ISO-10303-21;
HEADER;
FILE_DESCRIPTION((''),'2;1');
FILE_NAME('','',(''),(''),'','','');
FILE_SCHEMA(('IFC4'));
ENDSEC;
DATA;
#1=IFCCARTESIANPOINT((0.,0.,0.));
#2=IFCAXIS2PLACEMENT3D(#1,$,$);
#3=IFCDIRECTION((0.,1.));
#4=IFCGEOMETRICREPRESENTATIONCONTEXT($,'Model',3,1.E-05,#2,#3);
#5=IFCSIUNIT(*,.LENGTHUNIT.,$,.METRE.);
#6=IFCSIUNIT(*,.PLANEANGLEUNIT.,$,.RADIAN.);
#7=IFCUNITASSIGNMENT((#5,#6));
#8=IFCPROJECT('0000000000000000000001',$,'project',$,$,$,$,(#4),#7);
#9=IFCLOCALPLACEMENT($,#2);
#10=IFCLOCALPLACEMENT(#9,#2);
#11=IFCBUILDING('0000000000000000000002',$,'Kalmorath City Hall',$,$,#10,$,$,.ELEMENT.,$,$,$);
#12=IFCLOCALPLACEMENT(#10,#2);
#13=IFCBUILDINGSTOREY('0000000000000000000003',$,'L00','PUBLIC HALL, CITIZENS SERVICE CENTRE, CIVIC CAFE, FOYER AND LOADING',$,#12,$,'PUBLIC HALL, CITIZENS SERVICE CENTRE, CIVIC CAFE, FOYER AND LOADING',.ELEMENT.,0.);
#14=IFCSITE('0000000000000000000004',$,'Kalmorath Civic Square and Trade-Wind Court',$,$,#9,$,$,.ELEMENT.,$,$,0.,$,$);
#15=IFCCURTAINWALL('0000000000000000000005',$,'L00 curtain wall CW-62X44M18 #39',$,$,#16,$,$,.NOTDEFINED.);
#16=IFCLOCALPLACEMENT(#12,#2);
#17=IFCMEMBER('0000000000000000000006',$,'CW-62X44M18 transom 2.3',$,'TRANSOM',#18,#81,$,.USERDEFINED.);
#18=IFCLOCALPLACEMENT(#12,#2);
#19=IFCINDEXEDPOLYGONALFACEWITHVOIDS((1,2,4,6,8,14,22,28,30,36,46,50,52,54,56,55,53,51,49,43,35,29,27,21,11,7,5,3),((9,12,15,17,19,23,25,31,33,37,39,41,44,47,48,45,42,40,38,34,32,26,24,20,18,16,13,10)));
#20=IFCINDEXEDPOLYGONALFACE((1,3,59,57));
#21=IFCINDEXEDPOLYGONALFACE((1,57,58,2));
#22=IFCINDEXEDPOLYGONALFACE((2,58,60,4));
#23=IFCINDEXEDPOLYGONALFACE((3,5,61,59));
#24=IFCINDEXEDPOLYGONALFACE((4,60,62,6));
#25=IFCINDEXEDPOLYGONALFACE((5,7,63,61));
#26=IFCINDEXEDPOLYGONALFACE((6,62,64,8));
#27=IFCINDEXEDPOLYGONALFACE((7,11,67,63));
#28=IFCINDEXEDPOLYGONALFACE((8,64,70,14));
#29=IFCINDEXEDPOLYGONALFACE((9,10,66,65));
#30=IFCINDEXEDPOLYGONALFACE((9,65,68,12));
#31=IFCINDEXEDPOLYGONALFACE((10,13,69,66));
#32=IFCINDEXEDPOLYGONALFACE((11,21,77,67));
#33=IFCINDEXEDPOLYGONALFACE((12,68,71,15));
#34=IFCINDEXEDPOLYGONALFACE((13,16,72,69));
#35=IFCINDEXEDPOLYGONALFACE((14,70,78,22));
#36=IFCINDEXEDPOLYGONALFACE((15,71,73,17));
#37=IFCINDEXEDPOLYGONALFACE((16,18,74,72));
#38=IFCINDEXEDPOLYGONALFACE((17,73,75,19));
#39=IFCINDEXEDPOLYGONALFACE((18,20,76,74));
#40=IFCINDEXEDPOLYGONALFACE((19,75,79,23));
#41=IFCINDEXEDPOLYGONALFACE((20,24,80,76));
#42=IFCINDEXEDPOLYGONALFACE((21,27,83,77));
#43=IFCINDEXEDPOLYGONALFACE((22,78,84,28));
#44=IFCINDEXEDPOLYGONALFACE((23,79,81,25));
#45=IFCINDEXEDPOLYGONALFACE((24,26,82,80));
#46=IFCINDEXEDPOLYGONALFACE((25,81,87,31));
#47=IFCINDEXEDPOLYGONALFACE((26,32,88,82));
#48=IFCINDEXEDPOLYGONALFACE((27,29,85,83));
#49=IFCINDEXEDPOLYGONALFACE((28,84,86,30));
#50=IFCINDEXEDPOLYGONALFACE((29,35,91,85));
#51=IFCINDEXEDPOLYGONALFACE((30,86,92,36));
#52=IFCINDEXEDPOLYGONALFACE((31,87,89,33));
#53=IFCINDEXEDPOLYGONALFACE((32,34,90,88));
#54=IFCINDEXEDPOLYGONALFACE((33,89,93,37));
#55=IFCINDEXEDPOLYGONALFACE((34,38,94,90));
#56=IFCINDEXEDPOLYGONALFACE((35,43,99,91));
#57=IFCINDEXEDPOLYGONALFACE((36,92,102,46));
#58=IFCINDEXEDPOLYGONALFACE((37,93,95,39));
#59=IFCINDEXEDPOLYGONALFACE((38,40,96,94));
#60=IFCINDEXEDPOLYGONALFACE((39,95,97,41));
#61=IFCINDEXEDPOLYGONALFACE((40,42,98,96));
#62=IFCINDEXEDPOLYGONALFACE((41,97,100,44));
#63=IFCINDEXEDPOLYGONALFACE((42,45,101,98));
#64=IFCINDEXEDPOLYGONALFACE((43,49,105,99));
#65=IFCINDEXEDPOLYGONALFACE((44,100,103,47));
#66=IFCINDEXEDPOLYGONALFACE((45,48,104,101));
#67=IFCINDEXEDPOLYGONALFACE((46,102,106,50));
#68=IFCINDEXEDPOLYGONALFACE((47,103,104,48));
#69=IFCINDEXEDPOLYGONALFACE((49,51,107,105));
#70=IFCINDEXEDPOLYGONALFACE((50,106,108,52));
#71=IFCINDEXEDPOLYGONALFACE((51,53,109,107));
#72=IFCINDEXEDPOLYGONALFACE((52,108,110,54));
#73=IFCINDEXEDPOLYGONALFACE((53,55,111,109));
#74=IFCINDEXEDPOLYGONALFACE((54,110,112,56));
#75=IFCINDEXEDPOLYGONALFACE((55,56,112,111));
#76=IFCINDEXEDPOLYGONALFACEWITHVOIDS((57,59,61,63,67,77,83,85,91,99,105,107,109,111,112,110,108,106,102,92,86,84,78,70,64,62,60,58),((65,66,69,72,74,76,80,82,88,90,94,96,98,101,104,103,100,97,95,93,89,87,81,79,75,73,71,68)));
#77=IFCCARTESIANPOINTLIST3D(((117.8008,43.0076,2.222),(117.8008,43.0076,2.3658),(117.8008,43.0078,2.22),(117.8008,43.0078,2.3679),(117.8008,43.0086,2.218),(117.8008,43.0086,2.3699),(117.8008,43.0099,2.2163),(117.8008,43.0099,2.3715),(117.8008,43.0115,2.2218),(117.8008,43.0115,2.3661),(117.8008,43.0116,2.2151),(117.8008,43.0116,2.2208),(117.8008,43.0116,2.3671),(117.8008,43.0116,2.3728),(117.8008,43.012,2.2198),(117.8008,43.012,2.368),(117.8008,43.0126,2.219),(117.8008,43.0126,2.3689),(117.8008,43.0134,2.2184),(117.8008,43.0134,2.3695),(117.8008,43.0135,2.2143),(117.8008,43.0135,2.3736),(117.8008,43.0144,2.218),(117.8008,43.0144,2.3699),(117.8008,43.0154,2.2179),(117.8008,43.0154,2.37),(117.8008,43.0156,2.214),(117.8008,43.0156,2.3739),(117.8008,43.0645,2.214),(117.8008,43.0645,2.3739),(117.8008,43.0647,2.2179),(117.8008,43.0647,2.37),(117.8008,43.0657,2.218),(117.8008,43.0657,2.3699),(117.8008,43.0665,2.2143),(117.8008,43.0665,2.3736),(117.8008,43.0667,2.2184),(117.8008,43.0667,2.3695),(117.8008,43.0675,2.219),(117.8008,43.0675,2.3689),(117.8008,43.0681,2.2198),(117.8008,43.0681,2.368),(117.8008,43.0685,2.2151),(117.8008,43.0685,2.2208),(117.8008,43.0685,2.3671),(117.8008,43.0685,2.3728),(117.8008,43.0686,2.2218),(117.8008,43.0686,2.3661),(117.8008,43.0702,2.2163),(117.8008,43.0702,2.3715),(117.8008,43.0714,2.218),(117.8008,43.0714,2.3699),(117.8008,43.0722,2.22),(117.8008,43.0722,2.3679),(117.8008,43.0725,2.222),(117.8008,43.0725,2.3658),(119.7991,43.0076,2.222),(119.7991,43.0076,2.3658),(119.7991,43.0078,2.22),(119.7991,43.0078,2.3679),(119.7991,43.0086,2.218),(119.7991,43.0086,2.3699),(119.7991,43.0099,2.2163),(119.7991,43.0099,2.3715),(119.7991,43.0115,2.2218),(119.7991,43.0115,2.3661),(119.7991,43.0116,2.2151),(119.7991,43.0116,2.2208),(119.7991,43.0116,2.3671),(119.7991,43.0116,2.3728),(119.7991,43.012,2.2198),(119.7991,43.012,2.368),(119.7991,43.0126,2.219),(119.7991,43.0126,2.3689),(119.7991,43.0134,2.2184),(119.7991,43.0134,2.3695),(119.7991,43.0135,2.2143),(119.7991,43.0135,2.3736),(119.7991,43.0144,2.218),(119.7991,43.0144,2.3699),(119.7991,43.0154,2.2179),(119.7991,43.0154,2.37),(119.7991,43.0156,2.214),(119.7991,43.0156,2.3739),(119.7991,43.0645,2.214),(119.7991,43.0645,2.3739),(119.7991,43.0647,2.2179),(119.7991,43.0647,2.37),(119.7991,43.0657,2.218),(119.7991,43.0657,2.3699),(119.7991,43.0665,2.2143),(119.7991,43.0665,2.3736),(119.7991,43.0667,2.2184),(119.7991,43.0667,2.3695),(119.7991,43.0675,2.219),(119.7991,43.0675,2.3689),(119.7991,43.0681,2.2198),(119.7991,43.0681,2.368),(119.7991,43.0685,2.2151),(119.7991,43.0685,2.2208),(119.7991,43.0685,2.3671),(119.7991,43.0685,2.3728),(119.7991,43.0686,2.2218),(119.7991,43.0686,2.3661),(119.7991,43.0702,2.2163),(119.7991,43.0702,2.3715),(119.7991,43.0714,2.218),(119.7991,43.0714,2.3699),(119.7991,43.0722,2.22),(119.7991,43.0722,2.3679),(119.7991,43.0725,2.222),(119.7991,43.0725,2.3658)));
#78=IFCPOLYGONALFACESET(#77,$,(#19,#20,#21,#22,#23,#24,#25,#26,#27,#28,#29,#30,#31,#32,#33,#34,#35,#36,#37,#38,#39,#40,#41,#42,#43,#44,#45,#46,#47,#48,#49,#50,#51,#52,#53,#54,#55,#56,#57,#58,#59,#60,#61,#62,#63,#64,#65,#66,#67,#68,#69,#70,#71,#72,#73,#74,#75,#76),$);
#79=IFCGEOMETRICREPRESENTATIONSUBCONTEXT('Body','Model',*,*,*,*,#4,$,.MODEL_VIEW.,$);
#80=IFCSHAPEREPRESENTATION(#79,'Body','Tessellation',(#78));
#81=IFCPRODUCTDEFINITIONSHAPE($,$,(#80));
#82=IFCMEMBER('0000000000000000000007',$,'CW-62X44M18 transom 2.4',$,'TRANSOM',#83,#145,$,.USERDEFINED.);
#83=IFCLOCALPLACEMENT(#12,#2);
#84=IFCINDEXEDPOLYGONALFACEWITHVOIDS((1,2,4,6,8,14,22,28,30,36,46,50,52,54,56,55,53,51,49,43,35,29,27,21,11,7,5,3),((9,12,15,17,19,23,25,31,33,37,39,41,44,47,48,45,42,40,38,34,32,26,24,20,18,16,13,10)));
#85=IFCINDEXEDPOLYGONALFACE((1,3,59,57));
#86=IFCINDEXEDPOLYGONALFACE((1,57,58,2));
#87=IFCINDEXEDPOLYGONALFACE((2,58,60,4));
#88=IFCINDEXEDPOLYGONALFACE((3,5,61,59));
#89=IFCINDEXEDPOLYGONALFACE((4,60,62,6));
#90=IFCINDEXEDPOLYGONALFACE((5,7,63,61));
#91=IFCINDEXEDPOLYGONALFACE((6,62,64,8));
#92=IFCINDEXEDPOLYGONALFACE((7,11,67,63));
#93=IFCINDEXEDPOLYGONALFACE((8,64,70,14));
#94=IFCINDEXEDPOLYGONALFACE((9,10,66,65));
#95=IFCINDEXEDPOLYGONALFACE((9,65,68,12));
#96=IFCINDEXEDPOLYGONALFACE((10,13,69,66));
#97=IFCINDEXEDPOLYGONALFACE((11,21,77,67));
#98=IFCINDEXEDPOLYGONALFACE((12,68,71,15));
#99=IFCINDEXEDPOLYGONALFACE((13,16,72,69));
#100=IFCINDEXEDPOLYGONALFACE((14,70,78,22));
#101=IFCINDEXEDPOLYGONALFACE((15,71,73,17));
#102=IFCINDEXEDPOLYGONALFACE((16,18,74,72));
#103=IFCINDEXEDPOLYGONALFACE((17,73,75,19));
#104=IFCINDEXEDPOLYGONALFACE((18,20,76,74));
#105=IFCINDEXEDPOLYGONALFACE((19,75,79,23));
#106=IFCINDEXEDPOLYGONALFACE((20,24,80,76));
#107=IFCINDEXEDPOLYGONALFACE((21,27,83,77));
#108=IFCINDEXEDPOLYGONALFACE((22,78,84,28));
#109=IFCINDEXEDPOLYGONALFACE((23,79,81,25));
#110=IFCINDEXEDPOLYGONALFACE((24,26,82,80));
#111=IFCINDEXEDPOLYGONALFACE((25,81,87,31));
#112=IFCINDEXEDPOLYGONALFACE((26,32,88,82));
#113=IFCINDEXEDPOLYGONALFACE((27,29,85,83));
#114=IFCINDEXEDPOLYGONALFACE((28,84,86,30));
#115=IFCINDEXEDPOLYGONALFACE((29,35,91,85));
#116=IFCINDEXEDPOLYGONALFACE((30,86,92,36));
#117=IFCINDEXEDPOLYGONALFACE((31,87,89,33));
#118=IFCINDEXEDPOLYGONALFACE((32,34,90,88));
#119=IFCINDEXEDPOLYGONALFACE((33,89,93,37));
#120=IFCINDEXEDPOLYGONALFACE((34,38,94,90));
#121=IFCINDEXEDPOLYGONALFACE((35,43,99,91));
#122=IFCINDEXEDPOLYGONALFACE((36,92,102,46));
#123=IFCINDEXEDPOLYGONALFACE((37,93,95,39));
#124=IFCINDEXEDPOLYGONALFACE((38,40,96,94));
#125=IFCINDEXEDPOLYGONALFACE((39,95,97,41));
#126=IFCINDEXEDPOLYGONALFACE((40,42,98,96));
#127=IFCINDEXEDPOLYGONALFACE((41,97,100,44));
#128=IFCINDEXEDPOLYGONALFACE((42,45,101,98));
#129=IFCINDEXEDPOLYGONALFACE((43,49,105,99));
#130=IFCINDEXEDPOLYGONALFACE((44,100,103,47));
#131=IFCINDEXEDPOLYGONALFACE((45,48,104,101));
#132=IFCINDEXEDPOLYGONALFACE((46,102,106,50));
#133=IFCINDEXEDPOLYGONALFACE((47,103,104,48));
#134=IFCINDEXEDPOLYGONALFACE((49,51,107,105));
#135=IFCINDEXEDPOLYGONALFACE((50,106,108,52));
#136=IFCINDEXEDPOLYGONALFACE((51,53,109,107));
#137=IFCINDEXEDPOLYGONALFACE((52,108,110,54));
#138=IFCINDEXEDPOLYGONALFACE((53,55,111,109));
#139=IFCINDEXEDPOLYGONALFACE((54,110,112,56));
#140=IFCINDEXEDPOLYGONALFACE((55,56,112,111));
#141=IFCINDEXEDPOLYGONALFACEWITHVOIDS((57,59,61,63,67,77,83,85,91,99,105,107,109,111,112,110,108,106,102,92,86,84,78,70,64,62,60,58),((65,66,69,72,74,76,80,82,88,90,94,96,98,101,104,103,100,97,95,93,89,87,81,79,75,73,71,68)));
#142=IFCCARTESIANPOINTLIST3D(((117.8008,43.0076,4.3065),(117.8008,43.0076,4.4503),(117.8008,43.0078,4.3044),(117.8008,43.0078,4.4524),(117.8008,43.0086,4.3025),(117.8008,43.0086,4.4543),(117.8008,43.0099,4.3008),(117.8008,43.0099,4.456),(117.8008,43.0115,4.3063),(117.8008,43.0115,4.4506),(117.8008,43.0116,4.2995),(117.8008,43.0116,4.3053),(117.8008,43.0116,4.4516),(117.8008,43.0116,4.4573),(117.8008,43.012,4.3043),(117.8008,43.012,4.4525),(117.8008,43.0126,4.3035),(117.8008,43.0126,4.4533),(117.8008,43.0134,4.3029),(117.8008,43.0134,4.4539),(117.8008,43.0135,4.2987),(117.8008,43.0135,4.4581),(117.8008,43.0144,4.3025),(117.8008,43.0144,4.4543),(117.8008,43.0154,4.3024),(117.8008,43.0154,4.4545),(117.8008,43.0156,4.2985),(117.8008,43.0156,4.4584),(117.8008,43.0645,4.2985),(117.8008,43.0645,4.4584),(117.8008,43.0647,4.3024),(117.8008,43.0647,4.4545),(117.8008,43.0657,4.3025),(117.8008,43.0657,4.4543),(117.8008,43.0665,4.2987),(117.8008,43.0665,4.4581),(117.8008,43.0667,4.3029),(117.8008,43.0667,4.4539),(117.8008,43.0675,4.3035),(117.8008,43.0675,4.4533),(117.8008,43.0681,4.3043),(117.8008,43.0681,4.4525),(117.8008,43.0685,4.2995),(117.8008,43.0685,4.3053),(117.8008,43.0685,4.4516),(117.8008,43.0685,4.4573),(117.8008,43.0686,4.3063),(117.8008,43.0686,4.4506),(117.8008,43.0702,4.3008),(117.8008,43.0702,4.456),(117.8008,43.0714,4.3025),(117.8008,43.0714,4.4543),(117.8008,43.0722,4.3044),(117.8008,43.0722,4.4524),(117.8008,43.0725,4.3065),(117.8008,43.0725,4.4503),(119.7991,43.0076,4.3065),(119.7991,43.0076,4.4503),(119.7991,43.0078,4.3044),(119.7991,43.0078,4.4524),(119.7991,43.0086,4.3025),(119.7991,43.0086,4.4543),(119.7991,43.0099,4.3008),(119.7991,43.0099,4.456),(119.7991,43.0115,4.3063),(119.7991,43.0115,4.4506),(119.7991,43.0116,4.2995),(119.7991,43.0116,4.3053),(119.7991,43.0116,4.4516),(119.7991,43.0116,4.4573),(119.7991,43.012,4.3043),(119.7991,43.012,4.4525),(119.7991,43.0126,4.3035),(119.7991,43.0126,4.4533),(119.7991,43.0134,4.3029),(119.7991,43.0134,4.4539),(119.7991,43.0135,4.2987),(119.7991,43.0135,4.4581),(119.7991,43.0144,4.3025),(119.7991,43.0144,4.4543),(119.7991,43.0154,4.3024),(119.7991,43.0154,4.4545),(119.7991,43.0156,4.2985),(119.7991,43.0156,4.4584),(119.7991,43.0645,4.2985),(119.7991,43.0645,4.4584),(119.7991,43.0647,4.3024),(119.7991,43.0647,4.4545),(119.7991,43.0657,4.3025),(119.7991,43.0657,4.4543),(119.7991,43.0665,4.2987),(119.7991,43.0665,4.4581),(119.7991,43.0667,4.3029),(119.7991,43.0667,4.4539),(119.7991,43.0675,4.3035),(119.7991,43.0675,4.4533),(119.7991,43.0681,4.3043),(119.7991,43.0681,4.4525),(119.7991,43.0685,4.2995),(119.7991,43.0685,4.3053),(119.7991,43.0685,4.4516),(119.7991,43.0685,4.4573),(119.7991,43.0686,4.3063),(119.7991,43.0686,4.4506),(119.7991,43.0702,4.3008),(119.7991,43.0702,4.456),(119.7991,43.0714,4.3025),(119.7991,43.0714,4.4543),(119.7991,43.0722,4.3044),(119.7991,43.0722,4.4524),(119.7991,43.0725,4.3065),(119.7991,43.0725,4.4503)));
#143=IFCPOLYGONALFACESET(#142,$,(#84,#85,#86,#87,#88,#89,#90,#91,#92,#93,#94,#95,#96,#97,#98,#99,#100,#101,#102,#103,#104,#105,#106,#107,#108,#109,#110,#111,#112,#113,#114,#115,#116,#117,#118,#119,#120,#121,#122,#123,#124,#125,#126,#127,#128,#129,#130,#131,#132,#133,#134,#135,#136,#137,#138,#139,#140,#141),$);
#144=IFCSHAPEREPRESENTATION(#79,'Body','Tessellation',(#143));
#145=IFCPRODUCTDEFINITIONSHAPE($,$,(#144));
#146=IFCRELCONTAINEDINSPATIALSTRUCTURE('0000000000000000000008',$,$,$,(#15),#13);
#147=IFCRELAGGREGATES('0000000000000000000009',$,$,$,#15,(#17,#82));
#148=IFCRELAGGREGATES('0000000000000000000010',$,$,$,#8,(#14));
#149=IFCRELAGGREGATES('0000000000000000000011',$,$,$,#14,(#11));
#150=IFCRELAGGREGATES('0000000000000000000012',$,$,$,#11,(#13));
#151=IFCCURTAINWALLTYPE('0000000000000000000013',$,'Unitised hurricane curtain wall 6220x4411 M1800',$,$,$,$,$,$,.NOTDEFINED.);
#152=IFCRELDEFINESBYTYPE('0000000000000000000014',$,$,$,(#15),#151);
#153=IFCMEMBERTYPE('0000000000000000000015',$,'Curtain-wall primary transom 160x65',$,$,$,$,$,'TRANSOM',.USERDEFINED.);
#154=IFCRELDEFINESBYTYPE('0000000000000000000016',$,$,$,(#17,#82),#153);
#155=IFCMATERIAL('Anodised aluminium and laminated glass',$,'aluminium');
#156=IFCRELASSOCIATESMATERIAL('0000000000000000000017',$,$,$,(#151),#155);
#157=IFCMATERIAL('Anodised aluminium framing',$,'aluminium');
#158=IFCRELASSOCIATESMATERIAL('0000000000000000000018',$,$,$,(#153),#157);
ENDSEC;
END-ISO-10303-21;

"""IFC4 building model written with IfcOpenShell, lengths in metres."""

from ifc_helpers import new_model, si_unit, direction, frame, origin, origin_2d, place, context, subcontext, project, spatial, hollow_rectangle, extrude, material, material_profile, profile_set, type_object, element, aggregate, save


model = new_model("IFC4")

# Units and contexts
model_context = context("Model", 3, precision=1e-05, world=origin(), true_north=direction((0.0, 1.0)))
body_context = subcontext(model_context, "Body", "Model", "MODEL_VIEW")
ifc_project = project(units=[si_unit("LENGTHUNIT", "METRE"), si_unit("PLANEANGLEUNIT", "RADIAN")], contexts=[model_context])

# Site, building, storey
site_placement = place(None, origin())
site = spatial("IfcSite", under=ifc_project, at=site_placement, Name="Kalmorath Civic Square and Trade-Wind Court", CompositionType="ELEMENT", RefElevation=0.0)
building_placement = place(site_placement, origin())
building = spatial("IfcBuilding", under=site, at=building_placement, Name="Kalmorath City Hall", CompositionType="ELEMENT")
storey_placement = place(building_placement, origin())
storey = spatial("IfcBuildingStorey", under=building, at=storey_placement, Name="L00", Description="PUBLIC HALL, CITIZENS SERVICE CENTRE, CIVIC CAFE, FOYER AND LOADING", LongName="PUBLIC HALL, CITIZENS SERVICE CENTRE, CIVIC CAFE, FOYER AND LOADING", CompositionType="ELEMENT", Elevation=0.0)

# Curtain wall, members
ifc_material_1 = material(Name="Anodised aluminium and laminated glass", Category="aluminium")
curtain_wall_type = type_object("IfcCurtainWallType", Name="Unitised hurricane curtain wall 6220x4411 M1800", PredefinedType="NOTDEFINED", material=ifc_material_1)
curtain_wall_placement = place(storey_placement, origin())
curtain_wall = element("IfcCurtainWall", 1, at=curtain_wall_placement, inside=storey, type_object=curtain_wall_type, Name="L00 curtain wall CW-62X44M18 #39", PredefinedType="NOTDEFINED")
ifc_material_2 = material(Name="Anodised aluminium framing", Category="aluminium")
ifc_material_profile_1 = material_profile(ifc_material_2, hollow_rectangle(XDim=0.0649, YDim=0.1599, WallThickness=0.0039, InnerFilletRadius=0.0039, OuterFilletRadius=0.0081, at=origin_2d()), Name="ALU-TRN-160X65X4")
ifc_profile_set_1 = profile_set([ifc_material_profile_1], Name="Anodised aluminium framing")
member_type_1 = type_object("IfcMemberType", Name="Curtain-wall primary transom 160x65", ElementType="TRANSOM", PredefinedType="USERDEFINED", material=ifc_profile_set_1)
member_1_placement = place(storey_placement, frame((117.8008, 43.04, 2.2939), z_axis=(1.0, 0.0, 0.0), x_axis=(0.0, 1.0, 0.0)))
member_1 = element("IfcMember", 2, at=member_1_placement, type_object=member_type_1, Name="CW-62X44M18 transom 2.3", ObjectType="TRANSOM", PredefinedType="USERDEFINED", context=body_context, shape_type="SweptSolid", body=[
    extrude(hollow_rectangle(XDim=0.0649, YDim=0.1599, WallThickness=0.0039, InnerFilletRadius=0.0039, OuterFilletRadius=0.0081, at=origin_2d()), origin(), (0.0, 0.0, 1.0), 1.9983),
])
member_2_placement = place(storey_placement, frame((117.8008, 43.04, 4.3784), z_axis=(1.0, 0.0, 0.0), x_axis=(0.0, 1.0, 0.0)))
member_2 = element("IfcMember", 3, at=member_2_placement, type_object=member_type_1, Name="CW-62X44M18 transom 2.4", ObjectType="TRANSOM", PredefinedType="USERDEFINED", context=body_context, shape_type="SweptSolid", body=[
    extrude(hollow_rectangle(XDim=0.0649, YDim=0.1599, WallThickness=0.0039, InnerFilletRadius=0.0039, OuterFilletRadius=0.0081, at=origin_2d()), origin(), (0.0, 0.0, 1.0), 1.9983),
])
aggregate(curtain_wall, [member_1, member_2])

save(model, "model.ifc")
